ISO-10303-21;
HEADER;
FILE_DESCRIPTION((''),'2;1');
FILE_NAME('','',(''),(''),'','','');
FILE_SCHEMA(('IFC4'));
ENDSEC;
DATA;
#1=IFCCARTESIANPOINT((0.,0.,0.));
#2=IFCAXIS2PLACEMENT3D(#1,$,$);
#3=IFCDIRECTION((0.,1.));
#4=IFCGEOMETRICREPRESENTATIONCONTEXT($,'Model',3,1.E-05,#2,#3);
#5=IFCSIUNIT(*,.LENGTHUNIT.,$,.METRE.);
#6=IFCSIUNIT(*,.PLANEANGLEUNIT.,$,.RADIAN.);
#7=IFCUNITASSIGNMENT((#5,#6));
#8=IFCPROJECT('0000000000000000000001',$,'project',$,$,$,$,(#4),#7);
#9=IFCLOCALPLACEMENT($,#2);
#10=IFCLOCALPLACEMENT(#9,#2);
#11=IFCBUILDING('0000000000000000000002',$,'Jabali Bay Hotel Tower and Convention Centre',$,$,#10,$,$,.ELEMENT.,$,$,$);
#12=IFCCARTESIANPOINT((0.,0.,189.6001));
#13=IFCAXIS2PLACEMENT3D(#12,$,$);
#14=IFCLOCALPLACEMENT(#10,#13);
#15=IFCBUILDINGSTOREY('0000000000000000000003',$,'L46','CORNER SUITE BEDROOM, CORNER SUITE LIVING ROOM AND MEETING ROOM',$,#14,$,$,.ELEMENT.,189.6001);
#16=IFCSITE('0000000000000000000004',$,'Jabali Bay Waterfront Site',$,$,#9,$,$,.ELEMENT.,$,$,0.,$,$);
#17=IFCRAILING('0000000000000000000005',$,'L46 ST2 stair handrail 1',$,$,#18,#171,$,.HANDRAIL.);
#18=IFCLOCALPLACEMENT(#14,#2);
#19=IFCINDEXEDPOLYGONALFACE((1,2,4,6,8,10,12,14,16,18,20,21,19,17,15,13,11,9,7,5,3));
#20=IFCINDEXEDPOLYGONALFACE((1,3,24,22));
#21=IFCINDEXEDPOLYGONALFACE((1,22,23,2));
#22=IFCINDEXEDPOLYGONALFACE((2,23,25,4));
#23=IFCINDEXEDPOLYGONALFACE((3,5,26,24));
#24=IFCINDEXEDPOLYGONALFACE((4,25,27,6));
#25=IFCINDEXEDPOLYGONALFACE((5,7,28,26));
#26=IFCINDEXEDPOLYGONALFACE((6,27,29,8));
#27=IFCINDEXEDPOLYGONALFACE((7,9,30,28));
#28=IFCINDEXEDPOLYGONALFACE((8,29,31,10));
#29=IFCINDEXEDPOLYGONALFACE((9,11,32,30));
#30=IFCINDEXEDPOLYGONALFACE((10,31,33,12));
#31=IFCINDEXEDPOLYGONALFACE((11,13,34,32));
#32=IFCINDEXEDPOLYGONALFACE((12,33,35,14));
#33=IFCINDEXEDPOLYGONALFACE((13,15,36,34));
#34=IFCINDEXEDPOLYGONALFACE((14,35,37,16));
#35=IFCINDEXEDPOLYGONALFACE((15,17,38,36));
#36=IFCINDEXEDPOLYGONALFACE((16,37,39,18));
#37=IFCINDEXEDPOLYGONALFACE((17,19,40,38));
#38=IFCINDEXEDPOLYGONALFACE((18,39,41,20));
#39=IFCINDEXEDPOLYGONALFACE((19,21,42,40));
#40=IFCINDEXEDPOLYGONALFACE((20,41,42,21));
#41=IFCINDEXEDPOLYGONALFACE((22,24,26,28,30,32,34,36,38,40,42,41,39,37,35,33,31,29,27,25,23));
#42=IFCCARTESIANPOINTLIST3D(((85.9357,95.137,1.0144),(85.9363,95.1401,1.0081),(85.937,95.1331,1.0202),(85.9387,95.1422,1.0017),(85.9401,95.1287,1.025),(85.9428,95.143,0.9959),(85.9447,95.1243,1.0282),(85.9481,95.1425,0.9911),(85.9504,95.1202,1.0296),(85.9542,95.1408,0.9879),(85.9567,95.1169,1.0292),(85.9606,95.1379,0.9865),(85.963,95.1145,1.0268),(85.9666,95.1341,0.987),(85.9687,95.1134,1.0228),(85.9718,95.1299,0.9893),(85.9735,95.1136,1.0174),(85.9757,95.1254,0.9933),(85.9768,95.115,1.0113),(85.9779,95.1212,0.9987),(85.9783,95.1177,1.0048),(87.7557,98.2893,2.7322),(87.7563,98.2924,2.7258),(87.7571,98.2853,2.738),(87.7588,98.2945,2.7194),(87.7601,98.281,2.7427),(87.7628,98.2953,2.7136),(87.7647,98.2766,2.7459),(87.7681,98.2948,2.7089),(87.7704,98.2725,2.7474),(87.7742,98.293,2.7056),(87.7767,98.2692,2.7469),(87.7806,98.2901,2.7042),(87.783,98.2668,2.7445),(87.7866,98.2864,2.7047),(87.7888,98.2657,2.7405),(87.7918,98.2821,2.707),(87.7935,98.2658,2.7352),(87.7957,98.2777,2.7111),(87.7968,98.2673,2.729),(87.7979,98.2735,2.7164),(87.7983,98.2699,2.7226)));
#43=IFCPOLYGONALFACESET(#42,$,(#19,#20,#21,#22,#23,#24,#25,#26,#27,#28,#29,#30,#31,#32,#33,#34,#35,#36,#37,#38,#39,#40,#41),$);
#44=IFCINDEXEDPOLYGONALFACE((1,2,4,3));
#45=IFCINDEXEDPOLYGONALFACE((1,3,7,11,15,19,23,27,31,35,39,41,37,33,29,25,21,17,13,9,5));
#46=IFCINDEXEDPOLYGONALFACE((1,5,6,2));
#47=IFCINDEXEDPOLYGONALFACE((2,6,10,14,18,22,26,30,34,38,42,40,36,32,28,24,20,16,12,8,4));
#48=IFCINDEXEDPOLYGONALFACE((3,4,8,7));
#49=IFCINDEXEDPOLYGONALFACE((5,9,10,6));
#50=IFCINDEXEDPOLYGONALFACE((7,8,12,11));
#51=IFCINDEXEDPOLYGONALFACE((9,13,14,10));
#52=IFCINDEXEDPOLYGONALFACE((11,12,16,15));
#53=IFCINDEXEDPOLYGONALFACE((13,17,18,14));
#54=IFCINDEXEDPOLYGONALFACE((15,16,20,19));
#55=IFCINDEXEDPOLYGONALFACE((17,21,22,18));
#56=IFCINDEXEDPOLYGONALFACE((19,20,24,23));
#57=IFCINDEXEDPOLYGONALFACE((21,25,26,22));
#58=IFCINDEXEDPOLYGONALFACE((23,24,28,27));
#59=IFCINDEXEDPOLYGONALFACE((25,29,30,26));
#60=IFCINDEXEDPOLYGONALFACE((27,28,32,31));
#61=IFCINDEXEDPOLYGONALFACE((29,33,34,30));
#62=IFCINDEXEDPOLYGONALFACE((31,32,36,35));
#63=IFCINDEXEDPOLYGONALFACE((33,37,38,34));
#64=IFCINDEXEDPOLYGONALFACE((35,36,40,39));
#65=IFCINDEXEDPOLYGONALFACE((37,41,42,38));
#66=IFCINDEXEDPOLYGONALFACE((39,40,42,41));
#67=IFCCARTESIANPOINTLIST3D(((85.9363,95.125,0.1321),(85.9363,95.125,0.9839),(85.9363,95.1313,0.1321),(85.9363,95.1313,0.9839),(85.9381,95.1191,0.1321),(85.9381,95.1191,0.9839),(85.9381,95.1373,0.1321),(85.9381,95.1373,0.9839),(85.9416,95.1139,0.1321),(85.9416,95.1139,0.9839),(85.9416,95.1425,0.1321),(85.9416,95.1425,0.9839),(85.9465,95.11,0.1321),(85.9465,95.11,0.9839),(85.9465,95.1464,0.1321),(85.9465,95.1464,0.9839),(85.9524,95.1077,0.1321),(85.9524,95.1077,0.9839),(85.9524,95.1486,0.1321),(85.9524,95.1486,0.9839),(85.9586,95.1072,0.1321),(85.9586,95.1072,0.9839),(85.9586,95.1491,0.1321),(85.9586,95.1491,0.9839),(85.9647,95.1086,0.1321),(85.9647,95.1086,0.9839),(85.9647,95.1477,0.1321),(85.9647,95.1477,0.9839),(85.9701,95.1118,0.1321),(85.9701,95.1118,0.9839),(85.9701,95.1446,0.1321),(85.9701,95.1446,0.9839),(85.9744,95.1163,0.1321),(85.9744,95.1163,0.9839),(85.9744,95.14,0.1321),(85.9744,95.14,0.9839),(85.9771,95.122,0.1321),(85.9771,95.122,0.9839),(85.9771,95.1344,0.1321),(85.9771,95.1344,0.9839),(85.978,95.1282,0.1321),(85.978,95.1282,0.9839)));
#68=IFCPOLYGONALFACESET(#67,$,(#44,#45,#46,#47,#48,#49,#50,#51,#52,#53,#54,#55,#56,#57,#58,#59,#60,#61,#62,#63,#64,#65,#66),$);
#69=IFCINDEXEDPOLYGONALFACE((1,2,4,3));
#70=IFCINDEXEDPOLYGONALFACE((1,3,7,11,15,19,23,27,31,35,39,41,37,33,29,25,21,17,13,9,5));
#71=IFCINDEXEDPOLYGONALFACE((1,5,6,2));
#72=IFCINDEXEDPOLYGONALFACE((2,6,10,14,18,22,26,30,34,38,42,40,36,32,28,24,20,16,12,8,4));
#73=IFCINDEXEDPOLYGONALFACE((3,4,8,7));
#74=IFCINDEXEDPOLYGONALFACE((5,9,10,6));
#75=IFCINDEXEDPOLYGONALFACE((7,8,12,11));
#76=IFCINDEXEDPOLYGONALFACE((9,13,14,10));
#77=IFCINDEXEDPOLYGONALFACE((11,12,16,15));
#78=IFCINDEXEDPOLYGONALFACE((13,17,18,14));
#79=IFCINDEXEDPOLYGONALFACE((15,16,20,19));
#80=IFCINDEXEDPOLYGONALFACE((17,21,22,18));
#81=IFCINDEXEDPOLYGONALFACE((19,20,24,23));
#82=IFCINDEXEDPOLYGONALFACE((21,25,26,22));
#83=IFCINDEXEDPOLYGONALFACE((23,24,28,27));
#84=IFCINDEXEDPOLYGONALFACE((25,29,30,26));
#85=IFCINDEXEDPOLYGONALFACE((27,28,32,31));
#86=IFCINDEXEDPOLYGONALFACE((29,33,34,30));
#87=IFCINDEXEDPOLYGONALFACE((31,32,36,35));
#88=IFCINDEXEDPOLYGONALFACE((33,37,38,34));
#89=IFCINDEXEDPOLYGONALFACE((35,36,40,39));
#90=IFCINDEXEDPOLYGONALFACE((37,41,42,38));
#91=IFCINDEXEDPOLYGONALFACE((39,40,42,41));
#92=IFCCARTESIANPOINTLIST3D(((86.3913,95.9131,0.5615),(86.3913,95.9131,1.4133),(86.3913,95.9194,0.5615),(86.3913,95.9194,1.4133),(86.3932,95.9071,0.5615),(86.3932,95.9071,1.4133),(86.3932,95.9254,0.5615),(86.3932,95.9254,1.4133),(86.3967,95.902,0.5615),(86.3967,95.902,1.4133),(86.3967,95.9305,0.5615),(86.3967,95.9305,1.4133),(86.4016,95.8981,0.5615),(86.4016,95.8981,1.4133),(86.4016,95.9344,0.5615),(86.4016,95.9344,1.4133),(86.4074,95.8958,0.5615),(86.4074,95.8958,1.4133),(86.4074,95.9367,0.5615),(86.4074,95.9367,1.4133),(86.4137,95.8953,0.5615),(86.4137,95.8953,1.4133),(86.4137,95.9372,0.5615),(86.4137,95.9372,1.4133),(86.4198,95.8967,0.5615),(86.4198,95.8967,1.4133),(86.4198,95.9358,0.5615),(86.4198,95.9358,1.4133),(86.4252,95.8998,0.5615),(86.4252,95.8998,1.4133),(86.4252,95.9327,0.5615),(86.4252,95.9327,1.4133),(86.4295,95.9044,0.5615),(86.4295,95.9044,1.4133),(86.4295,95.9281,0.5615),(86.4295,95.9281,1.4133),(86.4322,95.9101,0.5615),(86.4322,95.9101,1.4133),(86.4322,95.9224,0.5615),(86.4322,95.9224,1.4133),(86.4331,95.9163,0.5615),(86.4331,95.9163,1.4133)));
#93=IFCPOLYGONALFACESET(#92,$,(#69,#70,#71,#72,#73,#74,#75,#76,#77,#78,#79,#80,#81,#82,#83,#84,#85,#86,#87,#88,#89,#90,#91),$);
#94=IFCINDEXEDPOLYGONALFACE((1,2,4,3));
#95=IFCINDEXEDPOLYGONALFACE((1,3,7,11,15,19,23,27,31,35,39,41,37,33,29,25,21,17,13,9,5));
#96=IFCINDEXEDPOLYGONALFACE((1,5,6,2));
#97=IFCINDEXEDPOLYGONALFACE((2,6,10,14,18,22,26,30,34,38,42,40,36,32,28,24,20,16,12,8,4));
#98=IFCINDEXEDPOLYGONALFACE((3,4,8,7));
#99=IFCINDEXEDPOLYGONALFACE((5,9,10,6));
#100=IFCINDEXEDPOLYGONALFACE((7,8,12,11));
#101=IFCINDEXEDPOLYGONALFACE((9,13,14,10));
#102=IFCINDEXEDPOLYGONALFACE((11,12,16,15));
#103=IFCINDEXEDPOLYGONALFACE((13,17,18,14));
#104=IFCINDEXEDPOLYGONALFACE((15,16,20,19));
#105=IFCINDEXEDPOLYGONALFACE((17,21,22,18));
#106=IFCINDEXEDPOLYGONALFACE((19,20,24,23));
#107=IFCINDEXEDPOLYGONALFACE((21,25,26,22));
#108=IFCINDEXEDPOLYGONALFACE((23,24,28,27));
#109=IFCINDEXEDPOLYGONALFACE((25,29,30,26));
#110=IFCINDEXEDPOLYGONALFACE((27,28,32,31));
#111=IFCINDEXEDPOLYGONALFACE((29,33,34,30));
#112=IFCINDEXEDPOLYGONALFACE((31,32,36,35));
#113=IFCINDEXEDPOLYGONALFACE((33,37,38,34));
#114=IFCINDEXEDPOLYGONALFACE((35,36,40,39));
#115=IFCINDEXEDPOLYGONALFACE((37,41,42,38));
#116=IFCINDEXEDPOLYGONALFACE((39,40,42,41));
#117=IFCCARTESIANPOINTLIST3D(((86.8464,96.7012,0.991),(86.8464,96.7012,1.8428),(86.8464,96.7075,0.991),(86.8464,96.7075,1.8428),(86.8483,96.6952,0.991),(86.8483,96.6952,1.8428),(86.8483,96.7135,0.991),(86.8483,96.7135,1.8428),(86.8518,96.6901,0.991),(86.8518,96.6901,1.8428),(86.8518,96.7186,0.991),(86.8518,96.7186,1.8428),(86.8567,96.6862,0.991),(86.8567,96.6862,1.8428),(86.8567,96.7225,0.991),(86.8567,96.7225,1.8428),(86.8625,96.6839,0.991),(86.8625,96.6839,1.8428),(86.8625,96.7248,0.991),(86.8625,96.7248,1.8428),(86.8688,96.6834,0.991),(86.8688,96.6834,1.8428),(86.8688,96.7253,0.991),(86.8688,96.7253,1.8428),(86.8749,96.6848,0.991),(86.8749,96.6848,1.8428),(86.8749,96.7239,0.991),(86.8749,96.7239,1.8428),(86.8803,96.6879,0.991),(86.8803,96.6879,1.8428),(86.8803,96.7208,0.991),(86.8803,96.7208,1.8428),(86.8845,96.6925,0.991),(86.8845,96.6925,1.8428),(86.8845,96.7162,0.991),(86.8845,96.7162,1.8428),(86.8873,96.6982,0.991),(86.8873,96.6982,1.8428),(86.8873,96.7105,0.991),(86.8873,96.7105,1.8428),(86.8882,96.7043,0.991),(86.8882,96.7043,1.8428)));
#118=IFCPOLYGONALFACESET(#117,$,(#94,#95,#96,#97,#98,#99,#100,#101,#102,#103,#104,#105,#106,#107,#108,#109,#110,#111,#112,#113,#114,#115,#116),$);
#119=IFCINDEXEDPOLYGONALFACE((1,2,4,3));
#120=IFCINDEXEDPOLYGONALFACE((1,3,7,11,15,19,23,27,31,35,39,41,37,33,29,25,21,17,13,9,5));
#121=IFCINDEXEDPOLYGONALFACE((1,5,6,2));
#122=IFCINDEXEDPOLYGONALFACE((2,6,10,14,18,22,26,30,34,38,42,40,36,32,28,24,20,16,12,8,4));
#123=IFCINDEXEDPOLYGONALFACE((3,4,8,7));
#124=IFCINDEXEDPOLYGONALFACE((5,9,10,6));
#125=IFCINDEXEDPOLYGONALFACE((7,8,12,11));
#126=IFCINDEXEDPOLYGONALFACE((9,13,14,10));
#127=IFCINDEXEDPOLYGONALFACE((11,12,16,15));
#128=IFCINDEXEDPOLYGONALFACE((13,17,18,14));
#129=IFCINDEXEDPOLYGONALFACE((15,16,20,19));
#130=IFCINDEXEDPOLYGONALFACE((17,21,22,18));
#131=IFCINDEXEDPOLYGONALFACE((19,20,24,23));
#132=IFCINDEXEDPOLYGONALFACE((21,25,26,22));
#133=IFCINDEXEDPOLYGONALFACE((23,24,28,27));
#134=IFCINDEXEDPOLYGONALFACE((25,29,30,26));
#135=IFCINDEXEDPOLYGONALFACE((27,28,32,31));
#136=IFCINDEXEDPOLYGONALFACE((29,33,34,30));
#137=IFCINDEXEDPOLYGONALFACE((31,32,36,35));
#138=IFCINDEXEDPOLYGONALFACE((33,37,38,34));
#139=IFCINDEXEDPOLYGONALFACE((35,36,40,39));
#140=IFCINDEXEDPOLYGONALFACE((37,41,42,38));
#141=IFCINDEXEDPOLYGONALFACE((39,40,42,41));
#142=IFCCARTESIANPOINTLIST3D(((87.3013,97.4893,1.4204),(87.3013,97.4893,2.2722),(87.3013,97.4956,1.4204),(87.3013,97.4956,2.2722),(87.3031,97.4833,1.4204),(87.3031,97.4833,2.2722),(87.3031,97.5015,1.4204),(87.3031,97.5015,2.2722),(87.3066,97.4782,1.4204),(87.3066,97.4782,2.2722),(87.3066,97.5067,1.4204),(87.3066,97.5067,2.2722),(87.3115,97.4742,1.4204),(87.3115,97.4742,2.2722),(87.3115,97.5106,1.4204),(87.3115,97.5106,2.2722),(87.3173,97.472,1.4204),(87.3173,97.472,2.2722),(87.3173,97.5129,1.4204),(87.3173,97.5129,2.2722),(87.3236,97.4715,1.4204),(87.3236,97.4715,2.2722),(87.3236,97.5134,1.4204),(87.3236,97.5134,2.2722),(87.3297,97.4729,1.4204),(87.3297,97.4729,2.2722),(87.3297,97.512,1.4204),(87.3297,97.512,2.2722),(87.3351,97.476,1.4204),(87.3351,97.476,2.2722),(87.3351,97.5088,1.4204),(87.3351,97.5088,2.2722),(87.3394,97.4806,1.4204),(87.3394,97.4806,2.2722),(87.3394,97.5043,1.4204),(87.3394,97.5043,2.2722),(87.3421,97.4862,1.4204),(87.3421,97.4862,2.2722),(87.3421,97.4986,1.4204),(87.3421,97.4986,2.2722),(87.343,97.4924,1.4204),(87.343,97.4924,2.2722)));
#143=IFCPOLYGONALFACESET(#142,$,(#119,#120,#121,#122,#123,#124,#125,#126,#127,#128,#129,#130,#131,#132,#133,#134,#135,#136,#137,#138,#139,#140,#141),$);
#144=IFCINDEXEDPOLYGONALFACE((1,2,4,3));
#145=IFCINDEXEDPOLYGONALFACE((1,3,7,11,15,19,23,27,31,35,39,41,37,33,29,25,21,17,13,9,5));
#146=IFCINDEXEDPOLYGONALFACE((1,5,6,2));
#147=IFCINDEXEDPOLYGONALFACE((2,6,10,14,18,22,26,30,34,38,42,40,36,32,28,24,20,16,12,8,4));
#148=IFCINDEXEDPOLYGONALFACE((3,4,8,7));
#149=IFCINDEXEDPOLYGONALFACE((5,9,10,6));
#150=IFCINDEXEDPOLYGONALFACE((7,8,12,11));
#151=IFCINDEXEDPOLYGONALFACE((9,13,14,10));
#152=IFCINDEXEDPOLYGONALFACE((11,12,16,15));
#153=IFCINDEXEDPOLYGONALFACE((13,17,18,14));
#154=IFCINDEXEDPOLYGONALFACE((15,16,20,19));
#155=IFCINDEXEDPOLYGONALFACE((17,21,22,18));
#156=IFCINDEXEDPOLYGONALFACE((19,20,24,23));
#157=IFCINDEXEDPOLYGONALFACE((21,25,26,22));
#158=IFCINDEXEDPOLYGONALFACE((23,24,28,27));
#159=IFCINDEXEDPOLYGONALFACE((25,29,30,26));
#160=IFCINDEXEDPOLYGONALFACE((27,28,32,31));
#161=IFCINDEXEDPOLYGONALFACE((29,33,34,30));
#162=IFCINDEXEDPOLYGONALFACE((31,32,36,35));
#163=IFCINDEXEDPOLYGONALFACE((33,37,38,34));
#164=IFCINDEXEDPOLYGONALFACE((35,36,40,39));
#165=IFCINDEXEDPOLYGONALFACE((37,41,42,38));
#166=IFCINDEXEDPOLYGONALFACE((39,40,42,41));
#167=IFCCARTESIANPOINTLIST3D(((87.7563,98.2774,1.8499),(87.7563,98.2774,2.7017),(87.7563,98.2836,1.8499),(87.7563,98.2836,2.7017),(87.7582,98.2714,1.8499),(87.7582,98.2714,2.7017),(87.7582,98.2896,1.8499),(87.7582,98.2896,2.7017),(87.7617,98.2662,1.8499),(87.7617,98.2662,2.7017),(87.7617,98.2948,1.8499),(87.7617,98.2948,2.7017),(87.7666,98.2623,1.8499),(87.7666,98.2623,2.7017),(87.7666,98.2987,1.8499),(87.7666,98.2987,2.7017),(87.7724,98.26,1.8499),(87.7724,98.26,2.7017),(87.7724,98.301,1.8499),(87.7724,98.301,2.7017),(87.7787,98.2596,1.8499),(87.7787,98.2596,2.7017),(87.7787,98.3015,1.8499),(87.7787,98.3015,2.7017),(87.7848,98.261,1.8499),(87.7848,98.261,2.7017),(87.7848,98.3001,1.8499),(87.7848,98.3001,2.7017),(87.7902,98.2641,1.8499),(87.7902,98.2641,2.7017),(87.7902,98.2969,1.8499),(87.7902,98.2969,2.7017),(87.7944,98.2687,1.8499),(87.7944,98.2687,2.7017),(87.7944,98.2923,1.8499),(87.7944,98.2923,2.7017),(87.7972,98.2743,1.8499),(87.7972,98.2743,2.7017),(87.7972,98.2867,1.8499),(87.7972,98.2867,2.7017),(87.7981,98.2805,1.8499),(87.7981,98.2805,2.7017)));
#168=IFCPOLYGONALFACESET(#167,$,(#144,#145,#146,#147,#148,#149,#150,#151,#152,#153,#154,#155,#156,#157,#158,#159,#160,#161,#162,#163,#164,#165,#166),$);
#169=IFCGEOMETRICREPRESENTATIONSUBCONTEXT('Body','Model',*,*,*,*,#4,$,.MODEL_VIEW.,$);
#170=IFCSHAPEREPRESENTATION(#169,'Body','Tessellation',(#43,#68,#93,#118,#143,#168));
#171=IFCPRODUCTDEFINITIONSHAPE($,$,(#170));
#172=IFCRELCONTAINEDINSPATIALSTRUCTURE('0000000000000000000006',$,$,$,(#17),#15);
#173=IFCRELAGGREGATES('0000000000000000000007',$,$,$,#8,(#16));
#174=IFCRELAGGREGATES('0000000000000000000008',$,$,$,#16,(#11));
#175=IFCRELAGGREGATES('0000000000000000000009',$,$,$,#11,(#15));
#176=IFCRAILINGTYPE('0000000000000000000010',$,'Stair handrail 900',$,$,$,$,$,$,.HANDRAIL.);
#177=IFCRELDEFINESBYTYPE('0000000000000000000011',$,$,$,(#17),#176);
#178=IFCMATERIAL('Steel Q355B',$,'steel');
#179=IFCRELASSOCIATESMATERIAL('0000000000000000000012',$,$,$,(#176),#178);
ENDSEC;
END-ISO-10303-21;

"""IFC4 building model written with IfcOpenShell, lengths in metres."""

from ifc_helpers import new_model, si_unit, direction, frame, origin, origin_2d, place, context, subcontext, project, spatial, circle, extrude, material, type_object, element, save


model = new_model("IFC4")

# Units and contexts
model_context = context("Model", 3, precision=1e-05, world=origin(), true_north=direction((0.0, 1.0)))
body_context = subcontext(model_context, "Body", "Model", "MODEL_VIEW")
ifc_project = project(units=[si_unit("LENGTHUNIT", "METRE"), si_unit("PLANEANGLEUNIT", "RADIAN")], contexts=[model_context])

# Site, building, storey
site_placement = place(None, origin())
site = spatial("IfcSite", under=ifc_project, at=site_placement, Name="Jabali Bay Waterfront Site", CompositionType="ELEMENT", RefElevation=0.0)
building_placement = place(site_placement, origin())
building = spatial("IfcBuilding", under=site, at=building_placement, Name="Jabali Bay Hotel Tower and Convention Centre", CompositionType="ELEMENT")
storey_placement = place(building_placement, frame((0.0, 0.0, 189.6001)))
storey = spatial("IfcBuildingStorey", under=building, at=storey_placement, Name="L46", Description="CORNER SUITE BEDROOM, CORNER SUITE LIVING ROOM AND MEETING ROOM", CompositionType="ELEMENT", Elevation=189.6001)

# Railing
ifc_material_1 = material(Name="Steel Q355B", Category="steel")
railing_type_1 = type_object("IfcRailingType", Name="Stair handrail 900", PredefinedType="HANDRAIL", material=ifc_material_1)
railing_1_placement = place(storey_placement, frame((85.957, 95.1282, 0.1321)))
element("IfcRailing", 1, at=railing_1_placement, inside=storey, type_object=railing_type_1, Name="L46 ST2 stair handrail 1", PredefinedType="HANDRAIL", context=body_context, shape_type="SweptSolid", body=[
    extrude(circle(Radius=0.0239, at=origin_2d()), frame((0.0, 0.0, 0.876), z_axis=(0.45219, 0.78319, 0.426775), x_axis=(-0.866018, 0.500013, 0.0)), (0.0, 0.0, 1.0), 4.0249),
    extrude(circle(Radius=0.021, at=origin_2d()), origin(), (0.0, 0.0, 1.0), 0.8518),
    extrude(circle(Radius=0.021, at=origin_2d()), frame((0.4551, 0.7881, 0.4294)), (0.0, 0.0, 1.0), 0.8518),
    extrude(circle(Radius=0.021, at=origin_2d()), frame((0.9102, 1.5762, 0.8589)), (0.0, 0.0, 1.0), 0.8518),
    extrude(circle(Radius=0.021, at=origin_2d()), frame((1.365, 2.3643, 1.2883)), (0.0, 0.0, 1.0), 0.8518),
    extrude(circle(Radius=0.021, at=origin_2d()), frame((1.8201, 3.1523, 1.7178)), (0.0, 0.0, 1.0), 0.8518),
])

save(model, "model.ifc")
